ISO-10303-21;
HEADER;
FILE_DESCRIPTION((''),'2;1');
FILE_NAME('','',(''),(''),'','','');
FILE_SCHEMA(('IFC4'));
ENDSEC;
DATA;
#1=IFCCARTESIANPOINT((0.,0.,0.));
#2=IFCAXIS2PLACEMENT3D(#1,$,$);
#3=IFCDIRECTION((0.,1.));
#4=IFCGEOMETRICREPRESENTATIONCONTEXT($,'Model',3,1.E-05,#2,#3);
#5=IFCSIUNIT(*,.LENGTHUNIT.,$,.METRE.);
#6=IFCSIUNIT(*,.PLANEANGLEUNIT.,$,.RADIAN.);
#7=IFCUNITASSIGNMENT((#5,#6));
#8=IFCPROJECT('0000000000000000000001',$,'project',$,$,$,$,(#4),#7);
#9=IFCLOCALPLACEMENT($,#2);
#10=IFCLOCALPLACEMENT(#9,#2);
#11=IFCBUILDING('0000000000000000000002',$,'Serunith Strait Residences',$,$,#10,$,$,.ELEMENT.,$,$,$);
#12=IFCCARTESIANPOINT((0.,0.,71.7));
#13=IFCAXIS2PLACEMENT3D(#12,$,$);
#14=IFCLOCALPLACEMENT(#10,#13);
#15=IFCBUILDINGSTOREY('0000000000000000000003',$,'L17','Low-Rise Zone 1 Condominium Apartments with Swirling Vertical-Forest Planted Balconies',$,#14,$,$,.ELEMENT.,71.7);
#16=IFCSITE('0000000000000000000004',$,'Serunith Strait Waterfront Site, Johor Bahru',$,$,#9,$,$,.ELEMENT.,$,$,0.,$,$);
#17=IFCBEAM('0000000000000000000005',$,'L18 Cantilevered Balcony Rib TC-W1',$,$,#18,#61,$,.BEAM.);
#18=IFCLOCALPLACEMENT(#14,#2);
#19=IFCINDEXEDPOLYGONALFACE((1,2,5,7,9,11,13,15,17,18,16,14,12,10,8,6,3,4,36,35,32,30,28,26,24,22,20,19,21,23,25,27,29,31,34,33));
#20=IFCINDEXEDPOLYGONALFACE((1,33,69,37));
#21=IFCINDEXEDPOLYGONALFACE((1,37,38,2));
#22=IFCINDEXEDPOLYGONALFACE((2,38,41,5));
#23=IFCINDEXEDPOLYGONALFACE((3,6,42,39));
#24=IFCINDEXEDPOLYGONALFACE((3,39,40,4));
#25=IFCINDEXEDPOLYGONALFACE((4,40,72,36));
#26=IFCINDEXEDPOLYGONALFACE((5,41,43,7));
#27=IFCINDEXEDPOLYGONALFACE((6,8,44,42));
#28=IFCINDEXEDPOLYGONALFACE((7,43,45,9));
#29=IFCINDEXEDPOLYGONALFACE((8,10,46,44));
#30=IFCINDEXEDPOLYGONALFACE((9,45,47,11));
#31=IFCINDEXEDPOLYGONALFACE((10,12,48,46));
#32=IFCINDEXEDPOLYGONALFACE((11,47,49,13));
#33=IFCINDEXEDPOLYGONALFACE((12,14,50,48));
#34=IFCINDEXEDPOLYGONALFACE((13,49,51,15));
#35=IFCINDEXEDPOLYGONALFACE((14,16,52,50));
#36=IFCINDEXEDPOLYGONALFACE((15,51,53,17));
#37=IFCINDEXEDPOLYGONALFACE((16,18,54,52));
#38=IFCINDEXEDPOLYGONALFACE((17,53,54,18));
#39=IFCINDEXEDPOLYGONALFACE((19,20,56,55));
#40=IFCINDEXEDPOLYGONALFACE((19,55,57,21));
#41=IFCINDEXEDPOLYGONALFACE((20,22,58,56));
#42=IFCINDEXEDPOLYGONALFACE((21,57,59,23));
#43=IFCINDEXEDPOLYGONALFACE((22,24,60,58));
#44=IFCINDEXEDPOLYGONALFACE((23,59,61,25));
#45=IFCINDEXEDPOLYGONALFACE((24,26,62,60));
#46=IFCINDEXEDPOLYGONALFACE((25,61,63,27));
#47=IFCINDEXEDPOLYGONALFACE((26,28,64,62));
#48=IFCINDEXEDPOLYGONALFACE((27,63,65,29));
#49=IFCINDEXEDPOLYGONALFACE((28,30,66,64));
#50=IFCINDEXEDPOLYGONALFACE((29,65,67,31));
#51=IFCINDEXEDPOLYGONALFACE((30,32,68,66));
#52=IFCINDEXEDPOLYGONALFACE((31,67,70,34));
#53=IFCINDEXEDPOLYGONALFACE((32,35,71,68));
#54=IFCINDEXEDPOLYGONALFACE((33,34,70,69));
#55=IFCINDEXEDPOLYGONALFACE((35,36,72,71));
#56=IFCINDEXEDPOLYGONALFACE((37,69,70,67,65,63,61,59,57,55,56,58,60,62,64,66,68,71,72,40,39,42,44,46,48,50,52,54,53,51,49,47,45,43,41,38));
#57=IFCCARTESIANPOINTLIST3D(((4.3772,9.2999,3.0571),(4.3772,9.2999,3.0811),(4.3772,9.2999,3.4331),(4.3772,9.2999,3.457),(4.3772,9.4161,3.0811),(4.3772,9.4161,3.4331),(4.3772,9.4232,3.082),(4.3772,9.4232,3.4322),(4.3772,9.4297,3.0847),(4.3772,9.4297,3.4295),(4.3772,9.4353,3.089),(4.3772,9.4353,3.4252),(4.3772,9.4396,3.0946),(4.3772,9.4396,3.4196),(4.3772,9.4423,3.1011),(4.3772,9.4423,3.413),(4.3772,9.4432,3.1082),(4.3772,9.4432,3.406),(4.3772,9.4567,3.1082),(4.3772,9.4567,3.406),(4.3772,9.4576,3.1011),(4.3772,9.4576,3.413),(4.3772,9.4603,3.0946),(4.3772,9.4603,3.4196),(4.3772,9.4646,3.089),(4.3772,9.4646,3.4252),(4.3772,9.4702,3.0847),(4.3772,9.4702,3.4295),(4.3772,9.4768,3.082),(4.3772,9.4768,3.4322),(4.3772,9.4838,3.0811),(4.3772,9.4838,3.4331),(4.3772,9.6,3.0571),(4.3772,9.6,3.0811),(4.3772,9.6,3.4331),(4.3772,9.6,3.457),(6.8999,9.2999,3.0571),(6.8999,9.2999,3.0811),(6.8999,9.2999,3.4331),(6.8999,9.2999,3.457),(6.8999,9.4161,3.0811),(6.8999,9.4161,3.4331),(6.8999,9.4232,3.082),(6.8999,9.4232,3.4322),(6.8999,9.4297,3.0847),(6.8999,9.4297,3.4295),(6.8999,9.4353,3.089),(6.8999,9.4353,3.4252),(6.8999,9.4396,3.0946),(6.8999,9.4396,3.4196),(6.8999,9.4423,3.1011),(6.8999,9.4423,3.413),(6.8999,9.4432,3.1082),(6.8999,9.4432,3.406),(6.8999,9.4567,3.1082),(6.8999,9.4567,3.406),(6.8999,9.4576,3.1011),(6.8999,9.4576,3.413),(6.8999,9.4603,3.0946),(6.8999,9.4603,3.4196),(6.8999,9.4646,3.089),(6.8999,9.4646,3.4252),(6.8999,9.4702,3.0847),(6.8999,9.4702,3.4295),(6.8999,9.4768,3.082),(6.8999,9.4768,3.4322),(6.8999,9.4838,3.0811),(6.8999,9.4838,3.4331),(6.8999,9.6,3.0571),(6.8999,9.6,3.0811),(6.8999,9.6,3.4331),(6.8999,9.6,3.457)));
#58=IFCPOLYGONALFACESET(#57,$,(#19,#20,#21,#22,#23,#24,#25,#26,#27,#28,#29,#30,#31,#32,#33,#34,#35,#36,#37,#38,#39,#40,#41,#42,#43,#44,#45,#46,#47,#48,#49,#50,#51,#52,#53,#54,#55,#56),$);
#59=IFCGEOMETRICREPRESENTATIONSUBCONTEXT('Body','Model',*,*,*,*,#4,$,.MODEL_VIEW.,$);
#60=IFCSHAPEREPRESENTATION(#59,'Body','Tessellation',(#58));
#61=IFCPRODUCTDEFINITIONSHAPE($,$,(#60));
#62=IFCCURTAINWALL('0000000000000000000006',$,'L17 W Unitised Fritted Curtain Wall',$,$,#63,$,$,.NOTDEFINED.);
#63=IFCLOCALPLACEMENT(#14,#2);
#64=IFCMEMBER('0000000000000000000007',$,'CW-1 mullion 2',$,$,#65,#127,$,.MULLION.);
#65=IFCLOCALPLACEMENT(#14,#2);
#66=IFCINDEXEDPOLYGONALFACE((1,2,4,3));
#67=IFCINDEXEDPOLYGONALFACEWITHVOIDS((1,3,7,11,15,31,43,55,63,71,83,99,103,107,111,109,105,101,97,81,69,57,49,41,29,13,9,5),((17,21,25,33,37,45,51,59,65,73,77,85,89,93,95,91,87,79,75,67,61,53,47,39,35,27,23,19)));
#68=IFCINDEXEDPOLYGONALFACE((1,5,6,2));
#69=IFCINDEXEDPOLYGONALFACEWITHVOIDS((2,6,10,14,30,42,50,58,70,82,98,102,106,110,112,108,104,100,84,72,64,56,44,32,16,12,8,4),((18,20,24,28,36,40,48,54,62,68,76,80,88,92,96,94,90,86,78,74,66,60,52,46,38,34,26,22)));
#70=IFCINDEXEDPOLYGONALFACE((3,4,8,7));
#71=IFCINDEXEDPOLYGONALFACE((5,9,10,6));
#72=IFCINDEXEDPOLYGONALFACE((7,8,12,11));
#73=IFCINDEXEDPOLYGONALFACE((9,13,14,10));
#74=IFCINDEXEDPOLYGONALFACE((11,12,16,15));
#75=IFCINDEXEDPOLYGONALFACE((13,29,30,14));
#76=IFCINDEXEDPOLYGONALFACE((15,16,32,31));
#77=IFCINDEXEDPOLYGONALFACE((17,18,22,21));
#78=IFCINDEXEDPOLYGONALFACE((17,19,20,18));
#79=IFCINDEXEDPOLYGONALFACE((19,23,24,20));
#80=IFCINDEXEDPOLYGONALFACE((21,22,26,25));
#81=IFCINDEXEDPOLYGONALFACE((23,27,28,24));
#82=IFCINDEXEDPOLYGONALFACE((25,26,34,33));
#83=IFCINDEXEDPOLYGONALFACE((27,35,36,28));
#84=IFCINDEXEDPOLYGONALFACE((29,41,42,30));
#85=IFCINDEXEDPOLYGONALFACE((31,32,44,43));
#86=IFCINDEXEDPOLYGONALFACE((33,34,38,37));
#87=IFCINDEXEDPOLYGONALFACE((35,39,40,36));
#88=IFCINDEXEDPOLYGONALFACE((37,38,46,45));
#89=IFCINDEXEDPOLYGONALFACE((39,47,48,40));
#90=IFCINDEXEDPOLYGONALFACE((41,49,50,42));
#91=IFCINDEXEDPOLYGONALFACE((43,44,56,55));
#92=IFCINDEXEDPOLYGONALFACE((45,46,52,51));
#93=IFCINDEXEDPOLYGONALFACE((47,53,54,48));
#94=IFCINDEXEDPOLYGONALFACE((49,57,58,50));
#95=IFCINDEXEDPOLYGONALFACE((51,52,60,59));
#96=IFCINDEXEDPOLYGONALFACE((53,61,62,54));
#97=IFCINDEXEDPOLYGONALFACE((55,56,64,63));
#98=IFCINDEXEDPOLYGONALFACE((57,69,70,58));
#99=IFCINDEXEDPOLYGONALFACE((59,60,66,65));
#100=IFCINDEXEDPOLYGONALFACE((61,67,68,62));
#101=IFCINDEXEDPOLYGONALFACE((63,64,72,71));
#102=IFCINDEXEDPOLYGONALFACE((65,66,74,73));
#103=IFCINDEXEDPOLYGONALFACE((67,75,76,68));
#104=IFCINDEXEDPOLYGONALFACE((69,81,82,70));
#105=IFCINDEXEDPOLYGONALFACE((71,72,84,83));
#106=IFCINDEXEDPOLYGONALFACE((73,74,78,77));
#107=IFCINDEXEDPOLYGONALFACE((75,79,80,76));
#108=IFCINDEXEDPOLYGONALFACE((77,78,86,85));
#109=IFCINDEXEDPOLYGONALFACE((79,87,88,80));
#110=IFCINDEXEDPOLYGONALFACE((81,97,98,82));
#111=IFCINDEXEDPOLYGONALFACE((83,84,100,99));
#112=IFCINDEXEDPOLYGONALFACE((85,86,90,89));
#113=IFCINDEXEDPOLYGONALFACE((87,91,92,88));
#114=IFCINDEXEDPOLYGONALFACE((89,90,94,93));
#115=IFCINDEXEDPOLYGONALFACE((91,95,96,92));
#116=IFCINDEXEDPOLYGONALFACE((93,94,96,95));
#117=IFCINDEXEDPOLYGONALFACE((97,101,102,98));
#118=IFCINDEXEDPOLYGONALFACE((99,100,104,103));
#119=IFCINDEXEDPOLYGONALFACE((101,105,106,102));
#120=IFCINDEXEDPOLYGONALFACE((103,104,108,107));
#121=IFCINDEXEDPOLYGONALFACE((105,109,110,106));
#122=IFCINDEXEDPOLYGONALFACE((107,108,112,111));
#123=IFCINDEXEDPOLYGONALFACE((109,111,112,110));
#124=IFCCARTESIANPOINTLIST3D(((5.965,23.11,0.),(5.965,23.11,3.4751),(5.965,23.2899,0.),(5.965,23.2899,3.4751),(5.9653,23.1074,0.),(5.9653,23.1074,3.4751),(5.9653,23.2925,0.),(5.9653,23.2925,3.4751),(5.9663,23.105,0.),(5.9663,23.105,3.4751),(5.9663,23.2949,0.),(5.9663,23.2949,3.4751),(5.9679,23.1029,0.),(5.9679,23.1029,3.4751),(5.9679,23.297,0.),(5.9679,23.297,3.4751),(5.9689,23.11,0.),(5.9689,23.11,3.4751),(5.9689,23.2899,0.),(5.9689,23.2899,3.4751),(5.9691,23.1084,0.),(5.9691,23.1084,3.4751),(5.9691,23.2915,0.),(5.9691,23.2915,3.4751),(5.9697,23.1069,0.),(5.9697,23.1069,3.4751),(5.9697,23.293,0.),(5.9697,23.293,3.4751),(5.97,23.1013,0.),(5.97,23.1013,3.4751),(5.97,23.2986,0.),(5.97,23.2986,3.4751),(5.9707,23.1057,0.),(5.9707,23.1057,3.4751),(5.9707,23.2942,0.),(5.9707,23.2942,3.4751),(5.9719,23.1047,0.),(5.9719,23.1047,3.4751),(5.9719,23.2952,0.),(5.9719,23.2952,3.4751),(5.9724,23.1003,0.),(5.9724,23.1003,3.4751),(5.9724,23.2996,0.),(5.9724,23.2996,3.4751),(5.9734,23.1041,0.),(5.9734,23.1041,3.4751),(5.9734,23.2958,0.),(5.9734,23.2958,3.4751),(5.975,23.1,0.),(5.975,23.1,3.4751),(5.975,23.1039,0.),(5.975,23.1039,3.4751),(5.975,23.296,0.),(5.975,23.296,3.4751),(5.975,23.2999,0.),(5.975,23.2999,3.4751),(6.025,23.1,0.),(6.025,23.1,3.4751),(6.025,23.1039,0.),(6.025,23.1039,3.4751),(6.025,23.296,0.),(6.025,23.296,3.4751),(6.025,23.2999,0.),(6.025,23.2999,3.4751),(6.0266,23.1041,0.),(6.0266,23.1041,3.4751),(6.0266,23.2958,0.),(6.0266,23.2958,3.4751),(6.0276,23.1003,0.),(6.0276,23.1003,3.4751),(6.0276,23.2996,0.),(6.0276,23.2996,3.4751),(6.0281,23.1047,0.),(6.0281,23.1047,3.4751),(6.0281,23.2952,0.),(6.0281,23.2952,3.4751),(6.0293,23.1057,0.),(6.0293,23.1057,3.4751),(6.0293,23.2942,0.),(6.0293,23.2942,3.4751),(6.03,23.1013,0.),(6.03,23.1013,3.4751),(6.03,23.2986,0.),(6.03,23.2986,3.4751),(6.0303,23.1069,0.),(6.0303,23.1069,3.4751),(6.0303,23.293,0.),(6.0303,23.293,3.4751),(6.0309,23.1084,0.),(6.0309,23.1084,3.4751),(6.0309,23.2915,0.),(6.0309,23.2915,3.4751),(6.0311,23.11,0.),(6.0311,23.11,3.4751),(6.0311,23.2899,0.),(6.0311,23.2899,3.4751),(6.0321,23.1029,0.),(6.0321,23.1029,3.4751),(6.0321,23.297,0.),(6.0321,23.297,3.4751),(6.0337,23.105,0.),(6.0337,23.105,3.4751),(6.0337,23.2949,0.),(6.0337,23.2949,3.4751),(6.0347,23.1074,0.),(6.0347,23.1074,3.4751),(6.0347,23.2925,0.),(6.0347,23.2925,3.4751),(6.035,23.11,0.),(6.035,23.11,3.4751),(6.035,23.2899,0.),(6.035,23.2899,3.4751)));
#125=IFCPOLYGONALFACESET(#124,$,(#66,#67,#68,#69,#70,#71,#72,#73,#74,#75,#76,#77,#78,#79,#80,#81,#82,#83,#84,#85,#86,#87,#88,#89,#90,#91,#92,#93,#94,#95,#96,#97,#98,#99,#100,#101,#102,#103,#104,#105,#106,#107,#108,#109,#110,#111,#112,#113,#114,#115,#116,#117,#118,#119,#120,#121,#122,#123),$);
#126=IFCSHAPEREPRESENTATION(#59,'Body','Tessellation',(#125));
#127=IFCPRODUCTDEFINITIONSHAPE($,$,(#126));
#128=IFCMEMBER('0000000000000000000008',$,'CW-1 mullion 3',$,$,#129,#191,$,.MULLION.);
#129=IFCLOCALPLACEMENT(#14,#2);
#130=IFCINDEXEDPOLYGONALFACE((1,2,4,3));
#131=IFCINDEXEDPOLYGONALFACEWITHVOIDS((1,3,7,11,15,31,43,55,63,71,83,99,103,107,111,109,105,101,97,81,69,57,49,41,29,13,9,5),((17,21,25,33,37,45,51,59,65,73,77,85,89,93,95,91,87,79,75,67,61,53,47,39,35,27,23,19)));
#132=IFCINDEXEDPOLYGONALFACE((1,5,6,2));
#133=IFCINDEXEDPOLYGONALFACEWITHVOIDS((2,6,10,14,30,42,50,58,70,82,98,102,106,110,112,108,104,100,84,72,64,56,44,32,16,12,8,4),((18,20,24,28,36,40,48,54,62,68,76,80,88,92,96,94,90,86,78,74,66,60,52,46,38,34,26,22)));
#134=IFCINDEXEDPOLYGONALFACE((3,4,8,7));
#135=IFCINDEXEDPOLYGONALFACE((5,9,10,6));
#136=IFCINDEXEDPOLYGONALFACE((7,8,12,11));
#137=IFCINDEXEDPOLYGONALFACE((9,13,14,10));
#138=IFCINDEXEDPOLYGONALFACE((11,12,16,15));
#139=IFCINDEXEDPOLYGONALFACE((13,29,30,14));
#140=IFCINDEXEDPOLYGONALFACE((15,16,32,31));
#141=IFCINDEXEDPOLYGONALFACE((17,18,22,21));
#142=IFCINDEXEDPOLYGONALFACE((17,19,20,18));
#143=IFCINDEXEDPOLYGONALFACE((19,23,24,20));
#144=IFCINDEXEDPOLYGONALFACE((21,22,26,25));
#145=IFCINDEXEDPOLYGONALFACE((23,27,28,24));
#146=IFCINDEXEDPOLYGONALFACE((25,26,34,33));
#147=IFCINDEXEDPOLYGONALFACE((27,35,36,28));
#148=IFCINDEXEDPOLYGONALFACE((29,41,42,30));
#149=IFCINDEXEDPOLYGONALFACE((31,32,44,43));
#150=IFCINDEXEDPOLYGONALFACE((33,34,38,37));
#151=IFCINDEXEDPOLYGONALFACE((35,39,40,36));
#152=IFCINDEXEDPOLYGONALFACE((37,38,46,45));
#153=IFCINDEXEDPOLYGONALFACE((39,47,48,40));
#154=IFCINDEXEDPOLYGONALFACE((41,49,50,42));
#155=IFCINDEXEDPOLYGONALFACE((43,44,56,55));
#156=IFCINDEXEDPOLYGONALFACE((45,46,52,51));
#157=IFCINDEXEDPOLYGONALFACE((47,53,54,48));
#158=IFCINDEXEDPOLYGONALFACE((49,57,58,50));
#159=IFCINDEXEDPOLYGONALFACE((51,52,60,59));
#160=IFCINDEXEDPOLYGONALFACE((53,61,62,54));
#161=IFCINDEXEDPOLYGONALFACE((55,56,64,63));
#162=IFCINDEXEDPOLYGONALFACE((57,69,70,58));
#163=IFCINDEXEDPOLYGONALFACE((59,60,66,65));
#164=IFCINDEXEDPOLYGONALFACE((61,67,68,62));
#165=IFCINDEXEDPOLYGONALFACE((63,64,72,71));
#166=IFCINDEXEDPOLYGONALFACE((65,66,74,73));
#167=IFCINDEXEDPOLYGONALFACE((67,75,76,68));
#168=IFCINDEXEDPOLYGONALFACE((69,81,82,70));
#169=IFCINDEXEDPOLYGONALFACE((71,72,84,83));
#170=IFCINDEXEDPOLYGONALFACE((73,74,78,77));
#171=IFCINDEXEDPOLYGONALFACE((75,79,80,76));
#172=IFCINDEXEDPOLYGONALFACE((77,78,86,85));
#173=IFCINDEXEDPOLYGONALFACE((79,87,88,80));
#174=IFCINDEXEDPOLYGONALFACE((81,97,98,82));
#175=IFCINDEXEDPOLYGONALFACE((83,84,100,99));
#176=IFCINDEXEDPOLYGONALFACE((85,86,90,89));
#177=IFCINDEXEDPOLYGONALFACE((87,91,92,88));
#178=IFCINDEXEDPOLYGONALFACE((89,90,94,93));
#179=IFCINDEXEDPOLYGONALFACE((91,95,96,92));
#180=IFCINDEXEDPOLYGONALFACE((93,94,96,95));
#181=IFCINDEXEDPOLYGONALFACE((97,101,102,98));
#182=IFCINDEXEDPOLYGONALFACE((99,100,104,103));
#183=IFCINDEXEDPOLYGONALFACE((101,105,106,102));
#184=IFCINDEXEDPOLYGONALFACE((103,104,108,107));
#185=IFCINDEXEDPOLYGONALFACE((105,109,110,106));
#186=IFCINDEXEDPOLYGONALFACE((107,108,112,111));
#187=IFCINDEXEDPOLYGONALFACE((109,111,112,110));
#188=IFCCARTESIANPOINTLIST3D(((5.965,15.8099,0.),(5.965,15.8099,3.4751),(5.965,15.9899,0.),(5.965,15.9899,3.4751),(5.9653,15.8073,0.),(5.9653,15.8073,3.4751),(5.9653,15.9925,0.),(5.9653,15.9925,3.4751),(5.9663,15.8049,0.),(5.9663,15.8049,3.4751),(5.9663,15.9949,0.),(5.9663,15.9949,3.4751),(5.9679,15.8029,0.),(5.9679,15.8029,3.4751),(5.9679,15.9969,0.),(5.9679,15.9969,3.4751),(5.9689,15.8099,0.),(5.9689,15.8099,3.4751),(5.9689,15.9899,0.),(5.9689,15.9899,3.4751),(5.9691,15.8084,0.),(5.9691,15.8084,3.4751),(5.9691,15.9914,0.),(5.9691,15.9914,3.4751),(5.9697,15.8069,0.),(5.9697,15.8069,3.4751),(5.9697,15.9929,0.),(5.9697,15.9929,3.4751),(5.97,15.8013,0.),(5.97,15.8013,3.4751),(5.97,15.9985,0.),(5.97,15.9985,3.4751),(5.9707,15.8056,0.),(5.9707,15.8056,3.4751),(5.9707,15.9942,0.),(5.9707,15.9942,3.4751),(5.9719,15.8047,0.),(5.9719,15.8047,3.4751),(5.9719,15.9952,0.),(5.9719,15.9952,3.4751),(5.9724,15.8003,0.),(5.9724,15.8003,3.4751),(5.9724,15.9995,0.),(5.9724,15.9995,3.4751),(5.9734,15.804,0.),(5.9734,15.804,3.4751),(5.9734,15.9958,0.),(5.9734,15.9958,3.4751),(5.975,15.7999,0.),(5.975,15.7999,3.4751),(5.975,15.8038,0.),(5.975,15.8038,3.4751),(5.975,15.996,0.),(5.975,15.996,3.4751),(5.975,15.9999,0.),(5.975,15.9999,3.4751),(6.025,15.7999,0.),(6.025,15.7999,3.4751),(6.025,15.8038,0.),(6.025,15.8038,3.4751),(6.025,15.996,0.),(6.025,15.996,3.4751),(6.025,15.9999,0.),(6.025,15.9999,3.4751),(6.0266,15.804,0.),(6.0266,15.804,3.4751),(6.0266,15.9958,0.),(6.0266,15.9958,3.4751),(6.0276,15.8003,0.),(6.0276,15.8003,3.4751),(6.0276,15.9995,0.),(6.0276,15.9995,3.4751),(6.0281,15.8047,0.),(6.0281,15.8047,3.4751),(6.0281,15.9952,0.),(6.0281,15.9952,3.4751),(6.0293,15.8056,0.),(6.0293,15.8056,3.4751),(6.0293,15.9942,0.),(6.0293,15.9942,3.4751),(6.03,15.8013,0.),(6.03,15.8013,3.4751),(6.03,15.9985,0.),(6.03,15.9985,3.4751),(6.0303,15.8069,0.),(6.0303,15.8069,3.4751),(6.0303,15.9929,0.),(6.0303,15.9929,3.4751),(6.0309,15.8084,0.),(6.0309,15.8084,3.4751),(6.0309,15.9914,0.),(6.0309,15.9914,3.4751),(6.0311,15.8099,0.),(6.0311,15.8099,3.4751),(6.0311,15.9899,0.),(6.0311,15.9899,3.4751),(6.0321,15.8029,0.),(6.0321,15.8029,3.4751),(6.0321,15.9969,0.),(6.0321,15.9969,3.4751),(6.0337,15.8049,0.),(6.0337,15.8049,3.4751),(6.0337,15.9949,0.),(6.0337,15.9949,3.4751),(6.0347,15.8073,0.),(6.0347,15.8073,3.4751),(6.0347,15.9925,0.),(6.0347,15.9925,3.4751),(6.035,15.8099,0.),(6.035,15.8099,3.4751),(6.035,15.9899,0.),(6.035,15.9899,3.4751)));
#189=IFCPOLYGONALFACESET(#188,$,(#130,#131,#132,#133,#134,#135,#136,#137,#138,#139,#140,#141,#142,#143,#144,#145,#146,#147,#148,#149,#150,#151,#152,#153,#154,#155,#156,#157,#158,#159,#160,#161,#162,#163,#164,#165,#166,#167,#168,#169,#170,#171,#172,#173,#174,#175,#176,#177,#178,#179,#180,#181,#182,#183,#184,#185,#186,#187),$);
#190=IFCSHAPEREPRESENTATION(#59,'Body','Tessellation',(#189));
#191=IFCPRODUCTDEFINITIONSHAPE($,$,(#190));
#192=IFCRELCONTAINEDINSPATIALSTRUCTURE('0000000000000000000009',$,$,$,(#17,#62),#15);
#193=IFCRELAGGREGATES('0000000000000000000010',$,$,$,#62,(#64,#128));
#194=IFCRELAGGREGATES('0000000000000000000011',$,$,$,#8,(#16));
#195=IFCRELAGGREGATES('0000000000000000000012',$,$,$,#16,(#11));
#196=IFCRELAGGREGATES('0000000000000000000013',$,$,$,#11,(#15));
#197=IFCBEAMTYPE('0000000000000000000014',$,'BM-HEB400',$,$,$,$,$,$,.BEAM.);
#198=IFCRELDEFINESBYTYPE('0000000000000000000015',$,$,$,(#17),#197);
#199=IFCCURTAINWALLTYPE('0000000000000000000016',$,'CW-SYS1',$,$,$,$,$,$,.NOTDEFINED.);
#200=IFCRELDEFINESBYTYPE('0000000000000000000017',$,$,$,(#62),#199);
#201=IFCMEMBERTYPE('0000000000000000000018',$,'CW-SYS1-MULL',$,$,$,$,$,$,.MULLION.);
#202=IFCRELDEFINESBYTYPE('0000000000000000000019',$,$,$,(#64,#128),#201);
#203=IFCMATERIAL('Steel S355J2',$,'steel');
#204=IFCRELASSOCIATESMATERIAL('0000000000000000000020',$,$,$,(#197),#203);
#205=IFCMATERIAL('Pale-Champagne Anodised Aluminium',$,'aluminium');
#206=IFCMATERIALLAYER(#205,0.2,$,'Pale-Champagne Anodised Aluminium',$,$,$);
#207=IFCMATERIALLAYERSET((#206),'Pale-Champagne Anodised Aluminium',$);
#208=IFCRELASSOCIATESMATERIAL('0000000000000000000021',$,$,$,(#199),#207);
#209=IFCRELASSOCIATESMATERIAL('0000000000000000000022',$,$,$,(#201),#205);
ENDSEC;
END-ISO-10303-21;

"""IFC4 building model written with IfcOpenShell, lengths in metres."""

from ifc_helpers import new_model, si_unit, direction, frame, origin, origin_2d, place, context, subcontext, project, spatial, hollow_rectangle, i_section, extrude, source, transform, mapped, material, layer, layer_set, material_profile, profile_set, type_object, element, aggregate, save


model = new_model("IFC4")

# Units and contexts
model_context = context("Model", 3, precision=1e-05, world=origin(), true_north=direction((0.0, 1.0)))
body_context = subcontext(model_context, "Body", "Model", "MODEL_VIEW")
ifc_project = project(units=[si_unit("LENGTHUNIT", "METRE"), si_unit("PLANEANGLEUNIT", "RADIAN")], contexts=[model_context])

# Site, building, storey
site_placement = place(None, origin())
site = spatial("IfcSite", under=ifc_project, at=site_placement, Name="Serunith Strait Waterfront Site, Johor Bahru", CompositionType="ELEMENT", RefElevation=0.0)
building_placement = place(site_placement, origin())
building = spatial("IfcBuilding", under=site, at=building_placement, Name="Serunith Strait Residences", CompositionType="ELEMENT")
storey_placement = place(building_placement, frame((0.0, 0.0, 71.7)))
storey = spatial("IfcBuildingStorey", under=building, at=storey_placement, Name="L17", Description="Low-Rise Zone 1 Condominium Apartments with Swirling Vertical-Forest Planted Balconies", CompositionType="ELEMENT", Elevation=71.7)

# Beam
ifc_material_1 = material(Name="Steel S355J2", Category="steel")
ifc_material_profile_1 = material_profile(ifc_material_1, i_section(OverallWidth=0.3, OverallDepth=0.3999, WebThickness=0.0134, FlangeThickness=0.0239, FilletRadius=0.0271, at=origin_2d()), Name="HEB 400")
ifc_profile_set_1 = profile_set([ifc_material_profile_1], Name="Steel S355J2")
beam_type_1 = type_object("IfcBeamType", Name="BM-HEB400", PredefinedType="BEAM", material=ifc_profile_set_1)
shared_shape_1 = source(origin(), body_context, "Body", "SweptSolid", [
    extrude(i_section(OverallWidth=0.3, OverallDepth=0.3999, WebThickness=0.0134, FlangeThickness=0.0239, FilletRadius=0.0271, at=origin_2d()), origin(), (0.0, 0.0, 1.0), 2.5227),
])
beam_1_placement = place(storey_placement, frame((6.8999, 9.45, 3.2571), z_axis=(-1.0, 0.0, 0.0), x_axis=(0.0, -1.0, 0.0)))
element("IfcBeam", 1, at=beam_1_placement, inside=storey, type_object=beam_type_1, Name="L18 Cantilevered Balcony Rib TC-W1", PredefinedType="BEAM", context=body_context, shape_type="MappedRepresentation", body=[
    mapped(shared_shape_1, transform((0.0, 0.0, 0.0), scale=1.0)),
])

# Curtain wall, members
ifc_material_2 = material(Name="Pale-Champagne Anodised Aluminium", Category="aluminium")
ifc_layer_1 = layer(ifc_material_2, 0.2, Name="Pale-Champagne Anodised Aluminium")
ifc_layer_set_1 = layer_set([ifc_layer_1], Name="Pale-Champagne Anodised Aluminium")
curtain_wall_type = type_object("IfcCurtainWallType", Name="CW-SYS1", PredefinedType="NOTDEFINED", material=ifc_layer_set_1)
curtain_wall_placement = place(storey_placement, origin())
curtain_wall = element("IfcCurtainWall", 2, at=curtain_wall_placement, inside=storey, type_object=curtain_wall_type, Name="L17 W Unitised Fritted Curtain Wall", PredefinedType="NOTDEFINED")
ifc_material_profile_2 = material_profile(ifc_material_2, hollow_rectangle(XDim=0.0701, YDim=0.2, WallThickness=0.0039, InnerFilletRadius=0.0061, OuterFilletRadius=0.01, at=origin_2d()), Name="ALU 200x70x4")
ifc_profile_set_2 = profile_set([ifc_material_profile_2], Name="Pale-Champagne Anodised Aluminium")
member_type_1 = type_object("IfcMemberType", Name="CW-SYS1-MULL", PredefinedType="MULLION", material=ifc_profile_set_2)
shared_shape_2 = source(origin(), body_context, "Body", "SweptSolid", [
    extrude(hollow_rectangle(XDim=0.0701, YDim=0.2, WallThickness=0.0039, InnerFilletRadius=0.0061, OuterFilletRadius=0.01, at=origin_2d()), origin(), (0.0, 0.0, 1.0), 3.4751),
])
member_1_placement = place(storey_placement, frame((6.0, 23.2, 0.0), z_axis=(0.0, 0.0, 1.0), x_axis=(1.0, 0.0, 0.0)))
member_1 = element("IfcMember", 3, at=member_1_placement, type_object=member_type_1, Name="CW-1 mullion 2", PredefinedType="MULLION", context=body_context, shape_type="MappedRepresentation", body=[
    mapped(shared_shape_2, transform((0.0, 0.0, 0.0), scale=1.0)),
])
member_2_placement = place(storey_placement, frame((6.0, 15.8999, 0.0), z_axis=(0.0, 0.0, 1.0), x_axis=(1.0, 0.0, 0.0)))
member_2 = element("IfcMember", 4, at=member_2_placement, type_object=member_type_1, Name="CW-1 mullion 3", PredefinedType="MULLION", context=body_context, shape_type="MappedRepresentation", body=[
    mapped(shared_shape_2, transform((0.0, 0.0, 0.0), scale=1.0)),
])
aggregate(curtain_wall, [member_1, member_2])

save(model, "model.ifc")
